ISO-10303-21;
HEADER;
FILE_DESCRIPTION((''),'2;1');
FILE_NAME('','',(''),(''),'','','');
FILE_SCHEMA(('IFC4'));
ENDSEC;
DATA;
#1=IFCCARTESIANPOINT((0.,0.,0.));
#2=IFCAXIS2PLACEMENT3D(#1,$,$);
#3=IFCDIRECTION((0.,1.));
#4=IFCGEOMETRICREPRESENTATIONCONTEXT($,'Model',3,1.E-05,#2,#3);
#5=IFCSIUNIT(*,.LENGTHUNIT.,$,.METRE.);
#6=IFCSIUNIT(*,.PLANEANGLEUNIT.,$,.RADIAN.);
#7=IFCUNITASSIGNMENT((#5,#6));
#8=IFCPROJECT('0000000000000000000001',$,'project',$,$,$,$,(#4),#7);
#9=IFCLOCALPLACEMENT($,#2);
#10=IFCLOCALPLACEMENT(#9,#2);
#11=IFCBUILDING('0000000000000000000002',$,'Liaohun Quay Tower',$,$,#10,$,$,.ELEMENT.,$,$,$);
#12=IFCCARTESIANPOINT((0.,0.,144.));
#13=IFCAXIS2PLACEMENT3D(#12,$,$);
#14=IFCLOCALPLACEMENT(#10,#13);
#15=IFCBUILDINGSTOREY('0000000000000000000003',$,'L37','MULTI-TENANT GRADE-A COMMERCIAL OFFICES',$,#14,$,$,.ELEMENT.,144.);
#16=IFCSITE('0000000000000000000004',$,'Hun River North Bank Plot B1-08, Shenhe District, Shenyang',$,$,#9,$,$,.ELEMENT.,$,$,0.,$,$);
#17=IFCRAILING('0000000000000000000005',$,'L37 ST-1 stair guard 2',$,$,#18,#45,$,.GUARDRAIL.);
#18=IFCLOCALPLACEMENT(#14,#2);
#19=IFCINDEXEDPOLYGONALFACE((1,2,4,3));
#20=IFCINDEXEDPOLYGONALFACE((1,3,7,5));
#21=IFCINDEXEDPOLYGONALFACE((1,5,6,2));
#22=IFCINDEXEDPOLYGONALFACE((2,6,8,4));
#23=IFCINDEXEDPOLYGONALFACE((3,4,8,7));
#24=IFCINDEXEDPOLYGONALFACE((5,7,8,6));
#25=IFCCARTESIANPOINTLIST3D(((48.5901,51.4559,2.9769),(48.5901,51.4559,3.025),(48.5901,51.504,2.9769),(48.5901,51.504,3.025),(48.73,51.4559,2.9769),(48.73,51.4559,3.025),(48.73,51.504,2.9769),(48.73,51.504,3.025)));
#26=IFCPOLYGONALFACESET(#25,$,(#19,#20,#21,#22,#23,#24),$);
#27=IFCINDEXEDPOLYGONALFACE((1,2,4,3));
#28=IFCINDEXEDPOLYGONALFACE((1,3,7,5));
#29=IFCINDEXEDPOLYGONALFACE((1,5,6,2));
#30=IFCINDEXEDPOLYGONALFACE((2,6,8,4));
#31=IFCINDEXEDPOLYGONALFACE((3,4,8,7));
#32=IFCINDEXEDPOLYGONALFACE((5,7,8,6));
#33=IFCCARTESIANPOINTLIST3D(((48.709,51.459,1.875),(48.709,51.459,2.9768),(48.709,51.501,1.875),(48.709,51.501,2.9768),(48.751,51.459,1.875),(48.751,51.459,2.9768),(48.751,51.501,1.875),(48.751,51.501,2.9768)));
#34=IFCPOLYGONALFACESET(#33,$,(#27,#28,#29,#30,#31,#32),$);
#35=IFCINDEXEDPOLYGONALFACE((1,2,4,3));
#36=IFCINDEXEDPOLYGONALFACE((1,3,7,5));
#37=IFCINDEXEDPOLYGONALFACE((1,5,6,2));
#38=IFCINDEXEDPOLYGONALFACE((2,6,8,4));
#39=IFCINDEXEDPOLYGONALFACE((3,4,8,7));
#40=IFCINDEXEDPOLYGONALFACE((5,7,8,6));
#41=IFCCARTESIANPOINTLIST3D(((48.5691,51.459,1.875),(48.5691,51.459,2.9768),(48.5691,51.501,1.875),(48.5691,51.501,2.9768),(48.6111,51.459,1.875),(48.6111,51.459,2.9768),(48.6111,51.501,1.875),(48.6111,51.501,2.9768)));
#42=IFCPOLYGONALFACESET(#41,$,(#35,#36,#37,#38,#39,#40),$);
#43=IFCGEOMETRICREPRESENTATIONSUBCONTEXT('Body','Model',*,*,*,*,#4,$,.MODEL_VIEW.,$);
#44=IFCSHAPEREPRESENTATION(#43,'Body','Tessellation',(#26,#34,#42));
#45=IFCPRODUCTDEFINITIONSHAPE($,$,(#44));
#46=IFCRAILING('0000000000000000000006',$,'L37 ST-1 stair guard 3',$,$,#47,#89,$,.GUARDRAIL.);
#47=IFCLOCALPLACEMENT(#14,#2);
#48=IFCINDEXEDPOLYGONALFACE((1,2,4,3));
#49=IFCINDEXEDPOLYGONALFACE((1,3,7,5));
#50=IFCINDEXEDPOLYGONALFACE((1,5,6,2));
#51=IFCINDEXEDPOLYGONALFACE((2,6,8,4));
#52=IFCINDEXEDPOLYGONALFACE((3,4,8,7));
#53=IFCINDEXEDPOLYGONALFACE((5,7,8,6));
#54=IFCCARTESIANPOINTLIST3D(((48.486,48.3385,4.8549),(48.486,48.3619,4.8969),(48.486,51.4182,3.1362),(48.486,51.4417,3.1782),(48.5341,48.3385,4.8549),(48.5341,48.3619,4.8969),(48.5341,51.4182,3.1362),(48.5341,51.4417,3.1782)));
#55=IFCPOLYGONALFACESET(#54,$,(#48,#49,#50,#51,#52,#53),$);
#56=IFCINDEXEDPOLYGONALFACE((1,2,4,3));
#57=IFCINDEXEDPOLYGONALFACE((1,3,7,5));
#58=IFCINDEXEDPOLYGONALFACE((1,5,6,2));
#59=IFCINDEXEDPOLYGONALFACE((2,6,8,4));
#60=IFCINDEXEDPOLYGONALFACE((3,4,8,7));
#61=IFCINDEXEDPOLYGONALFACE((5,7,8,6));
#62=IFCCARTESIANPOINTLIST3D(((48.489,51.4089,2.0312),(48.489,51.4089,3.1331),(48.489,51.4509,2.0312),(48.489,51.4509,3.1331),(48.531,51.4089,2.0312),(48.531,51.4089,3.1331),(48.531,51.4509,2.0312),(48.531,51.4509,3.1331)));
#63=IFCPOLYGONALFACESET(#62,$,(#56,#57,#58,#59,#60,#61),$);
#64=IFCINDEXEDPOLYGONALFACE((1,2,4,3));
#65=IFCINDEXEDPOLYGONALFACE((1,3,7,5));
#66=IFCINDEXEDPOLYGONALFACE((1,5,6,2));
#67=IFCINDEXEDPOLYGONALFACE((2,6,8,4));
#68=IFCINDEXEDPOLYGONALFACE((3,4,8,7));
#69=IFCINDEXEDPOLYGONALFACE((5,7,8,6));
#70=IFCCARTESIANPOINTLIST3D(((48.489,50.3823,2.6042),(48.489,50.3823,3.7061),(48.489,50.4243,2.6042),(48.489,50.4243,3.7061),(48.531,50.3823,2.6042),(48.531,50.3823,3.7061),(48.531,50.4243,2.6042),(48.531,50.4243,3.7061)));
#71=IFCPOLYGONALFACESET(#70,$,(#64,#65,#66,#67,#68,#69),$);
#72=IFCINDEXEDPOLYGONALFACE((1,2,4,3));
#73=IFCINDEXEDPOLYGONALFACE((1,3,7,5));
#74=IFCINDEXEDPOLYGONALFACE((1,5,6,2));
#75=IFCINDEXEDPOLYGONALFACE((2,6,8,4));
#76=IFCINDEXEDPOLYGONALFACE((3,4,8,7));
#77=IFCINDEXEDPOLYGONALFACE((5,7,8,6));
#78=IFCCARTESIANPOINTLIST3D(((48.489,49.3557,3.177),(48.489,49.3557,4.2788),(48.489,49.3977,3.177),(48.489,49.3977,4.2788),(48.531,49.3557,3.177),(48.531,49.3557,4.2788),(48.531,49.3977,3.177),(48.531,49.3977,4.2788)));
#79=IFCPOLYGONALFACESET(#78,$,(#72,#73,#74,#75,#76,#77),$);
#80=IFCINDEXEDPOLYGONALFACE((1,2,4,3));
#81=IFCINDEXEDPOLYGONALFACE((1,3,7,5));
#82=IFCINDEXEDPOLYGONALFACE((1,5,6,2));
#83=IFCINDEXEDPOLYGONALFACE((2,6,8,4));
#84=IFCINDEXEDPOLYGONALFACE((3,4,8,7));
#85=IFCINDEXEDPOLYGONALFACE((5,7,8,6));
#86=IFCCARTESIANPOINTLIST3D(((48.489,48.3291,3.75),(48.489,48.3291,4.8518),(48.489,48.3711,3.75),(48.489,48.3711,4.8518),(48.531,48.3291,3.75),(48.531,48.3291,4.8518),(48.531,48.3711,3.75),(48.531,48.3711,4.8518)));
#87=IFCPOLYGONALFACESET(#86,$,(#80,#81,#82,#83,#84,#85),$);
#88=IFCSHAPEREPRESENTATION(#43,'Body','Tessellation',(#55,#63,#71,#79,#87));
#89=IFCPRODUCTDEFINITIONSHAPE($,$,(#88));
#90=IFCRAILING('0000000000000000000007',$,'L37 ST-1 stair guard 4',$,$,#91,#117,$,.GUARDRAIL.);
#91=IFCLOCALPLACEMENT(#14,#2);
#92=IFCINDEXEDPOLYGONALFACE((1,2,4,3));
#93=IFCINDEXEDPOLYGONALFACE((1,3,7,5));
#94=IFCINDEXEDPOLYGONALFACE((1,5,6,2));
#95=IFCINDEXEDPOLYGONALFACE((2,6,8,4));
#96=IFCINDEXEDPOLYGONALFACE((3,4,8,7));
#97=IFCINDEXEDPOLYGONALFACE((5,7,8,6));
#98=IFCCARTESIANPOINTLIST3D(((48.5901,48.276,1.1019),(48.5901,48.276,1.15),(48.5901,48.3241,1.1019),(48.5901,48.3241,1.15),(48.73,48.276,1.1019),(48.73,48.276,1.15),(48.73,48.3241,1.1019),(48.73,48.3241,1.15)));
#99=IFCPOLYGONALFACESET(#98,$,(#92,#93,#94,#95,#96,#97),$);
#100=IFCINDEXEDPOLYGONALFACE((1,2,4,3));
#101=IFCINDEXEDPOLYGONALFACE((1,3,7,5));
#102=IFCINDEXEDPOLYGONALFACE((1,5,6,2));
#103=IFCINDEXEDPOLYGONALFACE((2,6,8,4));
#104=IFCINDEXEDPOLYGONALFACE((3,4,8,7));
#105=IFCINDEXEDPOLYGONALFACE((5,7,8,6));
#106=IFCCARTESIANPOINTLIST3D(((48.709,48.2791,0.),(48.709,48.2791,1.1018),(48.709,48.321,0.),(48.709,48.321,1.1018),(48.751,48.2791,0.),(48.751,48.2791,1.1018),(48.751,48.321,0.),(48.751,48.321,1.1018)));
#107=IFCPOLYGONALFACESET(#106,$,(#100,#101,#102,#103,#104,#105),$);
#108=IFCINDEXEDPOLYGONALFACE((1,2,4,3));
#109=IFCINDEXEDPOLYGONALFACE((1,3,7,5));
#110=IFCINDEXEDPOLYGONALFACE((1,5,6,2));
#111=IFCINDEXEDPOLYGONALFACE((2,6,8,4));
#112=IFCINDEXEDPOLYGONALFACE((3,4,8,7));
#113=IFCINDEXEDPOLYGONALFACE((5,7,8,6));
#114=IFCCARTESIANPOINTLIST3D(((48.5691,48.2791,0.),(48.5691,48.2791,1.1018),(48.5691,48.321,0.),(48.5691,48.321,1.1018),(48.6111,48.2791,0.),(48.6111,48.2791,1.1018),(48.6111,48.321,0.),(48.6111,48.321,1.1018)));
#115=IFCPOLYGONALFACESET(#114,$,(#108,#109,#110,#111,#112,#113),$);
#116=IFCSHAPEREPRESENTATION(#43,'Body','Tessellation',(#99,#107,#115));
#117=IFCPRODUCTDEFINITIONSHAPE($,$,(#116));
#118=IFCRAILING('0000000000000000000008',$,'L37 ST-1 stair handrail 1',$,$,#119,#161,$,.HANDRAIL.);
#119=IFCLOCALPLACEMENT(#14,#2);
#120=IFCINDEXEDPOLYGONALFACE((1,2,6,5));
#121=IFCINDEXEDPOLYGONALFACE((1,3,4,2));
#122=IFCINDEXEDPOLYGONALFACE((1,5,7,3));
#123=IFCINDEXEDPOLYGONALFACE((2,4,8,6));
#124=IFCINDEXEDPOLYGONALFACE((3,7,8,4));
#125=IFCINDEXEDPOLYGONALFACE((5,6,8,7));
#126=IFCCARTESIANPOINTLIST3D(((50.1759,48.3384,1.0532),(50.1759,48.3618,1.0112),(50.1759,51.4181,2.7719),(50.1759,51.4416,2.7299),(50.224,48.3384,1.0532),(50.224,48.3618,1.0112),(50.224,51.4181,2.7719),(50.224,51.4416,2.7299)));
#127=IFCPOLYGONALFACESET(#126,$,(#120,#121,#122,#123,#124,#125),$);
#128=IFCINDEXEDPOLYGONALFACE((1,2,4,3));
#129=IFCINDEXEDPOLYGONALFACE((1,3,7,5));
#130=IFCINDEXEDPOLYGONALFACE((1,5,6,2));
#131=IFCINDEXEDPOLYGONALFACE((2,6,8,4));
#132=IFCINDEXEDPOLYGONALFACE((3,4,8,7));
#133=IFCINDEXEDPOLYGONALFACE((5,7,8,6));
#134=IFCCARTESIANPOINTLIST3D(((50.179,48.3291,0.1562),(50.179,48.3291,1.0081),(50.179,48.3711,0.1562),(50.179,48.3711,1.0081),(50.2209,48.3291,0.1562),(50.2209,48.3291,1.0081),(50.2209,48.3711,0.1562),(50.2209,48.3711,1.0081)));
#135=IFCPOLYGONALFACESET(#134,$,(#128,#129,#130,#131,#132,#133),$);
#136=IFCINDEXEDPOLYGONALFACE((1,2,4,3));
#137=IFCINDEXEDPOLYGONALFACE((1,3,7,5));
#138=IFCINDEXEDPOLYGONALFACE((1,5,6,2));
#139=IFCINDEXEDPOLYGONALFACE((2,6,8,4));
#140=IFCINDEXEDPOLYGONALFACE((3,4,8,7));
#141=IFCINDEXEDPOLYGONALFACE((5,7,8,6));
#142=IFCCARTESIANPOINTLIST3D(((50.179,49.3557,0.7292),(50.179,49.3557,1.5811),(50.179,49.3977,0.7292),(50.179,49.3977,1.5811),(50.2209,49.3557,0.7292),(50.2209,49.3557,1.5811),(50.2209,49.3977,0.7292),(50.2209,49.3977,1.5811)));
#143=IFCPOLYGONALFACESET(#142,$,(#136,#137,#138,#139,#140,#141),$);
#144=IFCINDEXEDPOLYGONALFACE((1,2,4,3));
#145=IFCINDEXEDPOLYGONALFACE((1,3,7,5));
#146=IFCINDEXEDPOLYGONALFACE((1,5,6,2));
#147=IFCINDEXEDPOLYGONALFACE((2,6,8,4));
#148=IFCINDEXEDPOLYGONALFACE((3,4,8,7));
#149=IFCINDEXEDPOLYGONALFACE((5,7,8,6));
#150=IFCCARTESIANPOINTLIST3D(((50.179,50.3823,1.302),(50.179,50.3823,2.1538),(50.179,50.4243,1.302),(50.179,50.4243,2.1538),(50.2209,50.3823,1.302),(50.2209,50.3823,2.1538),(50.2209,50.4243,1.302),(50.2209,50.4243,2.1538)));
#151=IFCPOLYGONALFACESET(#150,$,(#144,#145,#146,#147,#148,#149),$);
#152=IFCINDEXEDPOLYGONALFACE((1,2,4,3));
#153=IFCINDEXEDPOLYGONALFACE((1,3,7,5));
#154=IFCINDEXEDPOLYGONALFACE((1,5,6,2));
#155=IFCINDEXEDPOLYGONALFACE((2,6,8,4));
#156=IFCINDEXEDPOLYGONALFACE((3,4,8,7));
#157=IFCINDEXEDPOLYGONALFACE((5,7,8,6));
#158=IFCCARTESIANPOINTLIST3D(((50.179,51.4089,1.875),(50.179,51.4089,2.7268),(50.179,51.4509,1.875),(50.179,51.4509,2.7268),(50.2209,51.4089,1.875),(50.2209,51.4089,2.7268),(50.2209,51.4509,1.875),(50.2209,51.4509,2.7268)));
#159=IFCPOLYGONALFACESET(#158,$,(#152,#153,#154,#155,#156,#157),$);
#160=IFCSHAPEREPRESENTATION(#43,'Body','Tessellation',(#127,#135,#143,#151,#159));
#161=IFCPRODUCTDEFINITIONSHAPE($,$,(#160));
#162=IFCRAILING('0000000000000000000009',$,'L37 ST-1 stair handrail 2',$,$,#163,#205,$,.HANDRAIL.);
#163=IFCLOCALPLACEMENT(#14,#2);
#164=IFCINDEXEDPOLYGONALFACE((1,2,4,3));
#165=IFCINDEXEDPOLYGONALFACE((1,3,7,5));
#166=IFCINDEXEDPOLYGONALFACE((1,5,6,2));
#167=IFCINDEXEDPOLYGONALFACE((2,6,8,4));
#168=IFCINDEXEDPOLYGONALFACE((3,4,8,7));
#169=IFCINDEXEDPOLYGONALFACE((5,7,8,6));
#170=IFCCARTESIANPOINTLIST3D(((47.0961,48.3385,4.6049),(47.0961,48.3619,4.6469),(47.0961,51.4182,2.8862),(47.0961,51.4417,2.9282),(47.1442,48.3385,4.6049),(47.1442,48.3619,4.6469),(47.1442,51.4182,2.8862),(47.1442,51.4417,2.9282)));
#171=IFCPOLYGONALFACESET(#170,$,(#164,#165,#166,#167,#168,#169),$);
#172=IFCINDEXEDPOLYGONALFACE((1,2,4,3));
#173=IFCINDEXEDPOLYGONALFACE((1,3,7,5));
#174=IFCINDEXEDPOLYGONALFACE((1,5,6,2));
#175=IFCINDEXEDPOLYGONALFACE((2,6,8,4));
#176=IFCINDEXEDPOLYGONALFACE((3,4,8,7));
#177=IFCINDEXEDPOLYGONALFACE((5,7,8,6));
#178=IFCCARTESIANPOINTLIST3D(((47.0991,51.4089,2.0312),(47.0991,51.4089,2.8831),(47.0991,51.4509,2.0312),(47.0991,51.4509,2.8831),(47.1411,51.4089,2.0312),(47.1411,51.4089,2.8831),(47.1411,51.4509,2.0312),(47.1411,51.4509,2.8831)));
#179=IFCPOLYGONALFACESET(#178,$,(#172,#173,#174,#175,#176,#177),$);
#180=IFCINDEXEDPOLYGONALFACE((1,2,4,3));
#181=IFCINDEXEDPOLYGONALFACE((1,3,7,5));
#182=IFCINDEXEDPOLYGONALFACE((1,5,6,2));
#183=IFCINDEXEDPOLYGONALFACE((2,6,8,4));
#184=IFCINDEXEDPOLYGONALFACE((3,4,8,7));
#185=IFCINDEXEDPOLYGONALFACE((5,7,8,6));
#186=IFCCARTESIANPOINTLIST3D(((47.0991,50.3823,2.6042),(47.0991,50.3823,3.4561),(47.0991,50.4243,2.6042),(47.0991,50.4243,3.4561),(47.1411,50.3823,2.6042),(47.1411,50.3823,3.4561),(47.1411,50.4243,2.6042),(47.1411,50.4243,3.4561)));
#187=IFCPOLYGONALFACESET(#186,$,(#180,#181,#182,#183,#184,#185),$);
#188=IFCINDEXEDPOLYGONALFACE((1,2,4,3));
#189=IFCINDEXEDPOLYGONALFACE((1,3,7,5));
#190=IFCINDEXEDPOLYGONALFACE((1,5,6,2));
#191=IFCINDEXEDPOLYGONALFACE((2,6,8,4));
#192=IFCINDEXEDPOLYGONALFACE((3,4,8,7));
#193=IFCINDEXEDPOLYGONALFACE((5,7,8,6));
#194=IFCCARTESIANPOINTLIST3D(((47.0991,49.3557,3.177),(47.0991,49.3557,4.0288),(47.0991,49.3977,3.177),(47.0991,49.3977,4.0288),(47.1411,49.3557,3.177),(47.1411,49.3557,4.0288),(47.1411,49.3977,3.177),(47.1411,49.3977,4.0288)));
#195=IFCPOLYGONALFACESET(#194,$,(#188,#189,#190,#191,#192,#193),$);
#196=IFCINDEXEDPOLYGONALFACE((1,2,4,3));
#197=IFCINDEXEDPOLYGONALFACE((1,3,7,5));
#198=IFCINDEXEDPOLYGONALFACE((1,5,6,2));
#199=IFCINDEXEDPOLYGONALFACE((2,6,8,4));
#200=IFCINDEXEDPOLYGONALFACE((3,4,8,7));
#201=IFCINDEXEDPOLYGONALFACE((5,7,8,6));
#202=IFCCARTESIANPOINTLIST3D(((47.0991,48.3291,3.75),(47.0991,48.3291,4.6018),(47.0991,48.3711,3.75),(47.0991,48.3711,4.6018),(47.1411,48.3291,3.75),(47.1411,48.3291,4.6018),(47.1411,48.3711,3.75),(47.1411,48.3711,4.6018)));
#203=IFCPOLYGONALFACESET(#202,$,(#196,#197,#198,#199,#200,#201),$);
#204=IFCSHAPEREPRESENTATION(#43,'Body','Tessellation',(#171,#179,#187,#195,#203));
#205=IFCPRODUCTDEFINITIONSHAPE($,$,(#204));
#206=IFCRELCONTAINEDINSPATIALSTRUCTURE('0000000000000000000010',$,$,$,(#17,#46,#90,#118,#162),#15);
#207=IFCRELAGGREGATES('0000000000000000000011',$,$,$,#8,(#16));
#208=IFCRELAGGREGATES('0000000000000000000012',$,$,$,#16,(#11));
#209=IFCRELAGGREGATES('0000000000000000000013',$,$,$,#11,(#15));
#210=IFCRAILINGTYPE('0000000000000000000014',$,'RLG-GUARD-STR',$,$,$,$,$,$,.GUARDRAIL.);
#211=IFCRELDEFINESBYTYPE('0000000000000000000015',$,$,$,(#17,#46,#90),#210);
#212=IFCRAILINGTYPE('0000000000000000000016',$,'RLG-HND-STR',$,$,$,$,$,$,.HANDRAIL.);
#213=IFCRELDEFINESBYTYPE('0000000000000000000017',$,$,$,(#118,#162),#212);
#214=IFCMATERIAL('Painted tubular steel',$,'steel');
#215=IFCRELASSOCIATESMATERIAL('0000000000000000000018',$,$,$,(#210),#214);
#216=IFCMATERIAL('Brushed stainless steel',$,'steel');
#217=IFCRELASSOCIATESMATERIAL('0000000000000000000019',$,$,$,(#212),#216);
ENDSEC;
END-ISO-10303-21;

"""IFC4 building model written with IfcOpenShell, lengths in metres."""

from ifc_helpers import new_model, si_unit, direction, frame, origin, origin_2d, place, context, subcontext, project, spatial, rectangle, extrude, material, type_object, element, save


model = new_model("IFC4")

# Units and contexts
model_context = context("Model", 3, precision=1e-05, world=origin(), true_north=direction((0.0, 1.0)))
body_context = subcontext(model_context, "Body", "Model", "MODEL_VIEW")
ifc_project = project(units=[si_unit("LENGTHUNIT", "METRE"), si_unit("PLANEANGLEUNIT", "RADIAN")], contexts=[model_context])

# Site, building, storey
site_placement = place(None, origin())
site = spatial("IfcSite", under=ifc_project, at=site_placement, Name="Hun River North Bank Plot B1-08, Shenhe District, Shenyang", CompositionType="ELEMENT", RefElevation=0.0)
building_placement = place(site_placement, origin())
building = spatial("IfcBuilding", under=site, at=building_placement, Name="Liaohun Quay Tower", CompositionType="ELEMENT")
storey_placement = place(building_placement, frame((0.0, 0.0, 144.0)))
storey = spatial("IfcBuildingStorey", under=building, at=storey_placement, Name="L37", Description="MULTI-TENANT GRADE-A COMMERCIAL OFFICES", CompositionType="ELEMENT", Elevation=144.0)

# Railings
ifc_material_1 = material(Name="Painted tubular steel", Category="steel")
railing_type_1 = type_object("IfcRailingType", Name="RLG-GUARD-STR", PredefinedType="GUARDRAIL", material=ifc_material_1)
railing_1_placement = place(storey_placement, frame((48.73, 51.48, 1.875)))
element("IfcRailing", 1, at=railing_1_placement, inside=storey, type_object=railing_type_1, Name="L37 ST-1 stair guard 2", PredefinedType="GUARDRAIL", context=body_context, shape_type="SweptSolid", body=[
    extrude(rectangle(XDim=0.0481, YDim=0.0481, at=origin_2d()), frame((0.0, 0.0, 1.126), z_axis=(-1.0, 0.0, 0.0), x_axis=(0.0, -1.0, 0.0)), (0.0, 0.0, 1.0), 0.1399),
    extrude(rectangle(XDim=0.042, YDim=0.042, at=origin_2d()), origin(), (0.0, 0.0, 1.0), 1.1018),
    extrude(rectangle(XDim=0.042, YDim=0.042, at=origin_2d()), frame((-0.1399, 0.0, 0.0)), (0.0, 0.0, 1.0), 1.1018),
])
railing_2_placement = place(storey_placement, frame((48.51, 51.4299, 2.0312)))
element("IfcRailing", 2, at=railing_2_placement, inside=storey, type_object=railing_type_1, Name="L37 ST-1 stair guard 3", PredefinedType="GUARDRAIL", context=body_context, shape_type="SweptSolid", body=[
    extrude(rectangle(XDim=0.0481, YDim=0.0481, at=origin_2d()), frame((0.0, 0.0, 1.126), z_axis=(0.0, -0.873225, 0.487317), x_axis=(1.0, 0.0, 0.0)), (0.0, 0.0, 1.0), 3.5269),
    extrude(rectangle(XDim=0.042, YDim=0.042, at=origin_2d()), origin(), (0.0, 0.0, 1.0), 1.1018),
    extrude(rectangle(XDim=0.042, YDim=0.042, at=origin_2d()), frame((0.0, -1.0266, 0.573)), (0.0, 0.0, 1.0), 1.1018),
    extrude(rectangle(XDim=0.042, YDim=0.042, at=origin_2d()), frame((0.0, -2.0532, 1.1458)), (0.0, 0.0, 1.0), 1.1018),
    extrude(rectangle(XDim=0.042, YDim=0.042, at=origin_2d()), frame((0.0, -3.0798, 1.7188)), (0.0, 0.0, 1.0), 1.1018),
])
railing_3_placement = place(storey_placement, frame((48.73, 48.3, 0.0)))
element("IfcRailing", 3, at=railing_3_placement, inside=storey, type_object=railing_type_1, Name="L37 ST-1 stair guard 4", PredefinedType="GUARDRAIL", context=body_context, shape_type="SweptSolid", body=[
    extrude(rectangle(XDim=0.0481, YDim=0.0481, at=origin_2d()), frame((0.0, 0.0, 1.126), z_axis=(-1.0, 0.0, 0.0), x_axis=(0.0, -1.0, 0.0)), (0.0, 0.0, 1.0), 0.1399),
    extrude(rectangle(XDim=0.042, YDim=0.042, at=origin_2d()), origin(), (0.0, 0.0, 1.0), 1.1018),
    extrude(rectangle(XDim=0.042, YDim=0.042, at=origin_2d()), frame((-0.1399, 0.0, 0.0)), (0.0, 0.0, 1.0), 1.1018),
])
ifc_material_2 = material(Name="Brushed stainless steel", Category="steel")
railing_type_2 = type_object("IfcRailingType", Name="RLG-HND-STR", PredefinedType="HANDRAIL", material=ifc_material_2)
railing_4_placement = place(storey_placement, frame((50.2, 48.3501, 0.1562)))
element("IfcRailing", 4, at=railing_4_placement, inside=storey, type_object=railing_type_2, Name="L37 ST-1 stair handrail 1", PredefinedType="HANDRAIL", context=body_context, shape_type="SweptSolid", body=[
    extrude(rectangle(XDim=0.0481, YDim=0.0481, at=origin_2d()), frame((0.0, 0.0, 0.876), z_axis=(0.0, 0.873225, 0.487317), x_axis=(-1.0, 0.0, 0.0)), (0.0, 0.0, 1.0), 3.5269),
    extrude(rectangle(XDim=0.042, YDim=0.042, at=origin_2d()), origin(), (0.0, 0.0, 1.0), 0.8518),
    extrude(rectangle(XDim=0.042, YDim=0.042, at=origin_2d()), frame((0.0, 1.0266, 0.573)), (0.0, 0.0, 1.0), 0.8518),
    extrude(rectangle(XDim=0.042, YDim=0.042, at=origin_2d()), frame((0.0, 2.0532, 1.1458)), (0.0, 0.0, 1.0), 0.8518),
    extrude(rectangle(XDim=0.042, YDim=0.042, at=origin_2d()), frame((0.0, 3.0798, 1.7188)), (0.0, 0.0, 1.0), 0.8518),
])
railing_5_placement = place(storey_placement, frame((47.1201, 51.4299, 2.0312)))
element("IfcRailing", 5, at=railing_5_placement, inside=storey, type_object=railing_type_2, Name="L37 ST-1 stair handrail 2", PredefinedType="HANDRAIL", context=body_context, shape_type="SweptSolid", body=[
    extrude(rectangle(XDim=0.0481, YDim=0.0481, at=origin_2d()), frame((0.0, 0.0, 0.876), z_axis=(0.0, -0.873225, 0.487317), x_axis=(1.0, 0.0, 0.0)), (0.0, 0.0, 1.0), 3.5269),
    extrude(rectangle(XDim=0.042, YDim=0.042, at=origin_2d()), origin(), (0.0, 0.0, 1.0), 0.8518),
    extrude(rectangle(XDim=0.042, YDim=0.042, at=origin_2d()), frame((0.0, -1.0266, 0.573)), (0.0, 0.0, 1.0), 0.8518),
    extrude(rectangle(XDim=0.042, YDim=0.042, at=origin_2d()), frame((0.0, -2.0532, 1.1458)), (0.0, 0.0, 1.0), 0.8518),
    extrude(rectangle(XDim=0.042, YDim=0.042, at=origin_2d()), frame((0.0, -3.0798, 1.7188)), (0.0, 0.0, 1.0), 0.8518),
])

save(model, "model.ifc")
